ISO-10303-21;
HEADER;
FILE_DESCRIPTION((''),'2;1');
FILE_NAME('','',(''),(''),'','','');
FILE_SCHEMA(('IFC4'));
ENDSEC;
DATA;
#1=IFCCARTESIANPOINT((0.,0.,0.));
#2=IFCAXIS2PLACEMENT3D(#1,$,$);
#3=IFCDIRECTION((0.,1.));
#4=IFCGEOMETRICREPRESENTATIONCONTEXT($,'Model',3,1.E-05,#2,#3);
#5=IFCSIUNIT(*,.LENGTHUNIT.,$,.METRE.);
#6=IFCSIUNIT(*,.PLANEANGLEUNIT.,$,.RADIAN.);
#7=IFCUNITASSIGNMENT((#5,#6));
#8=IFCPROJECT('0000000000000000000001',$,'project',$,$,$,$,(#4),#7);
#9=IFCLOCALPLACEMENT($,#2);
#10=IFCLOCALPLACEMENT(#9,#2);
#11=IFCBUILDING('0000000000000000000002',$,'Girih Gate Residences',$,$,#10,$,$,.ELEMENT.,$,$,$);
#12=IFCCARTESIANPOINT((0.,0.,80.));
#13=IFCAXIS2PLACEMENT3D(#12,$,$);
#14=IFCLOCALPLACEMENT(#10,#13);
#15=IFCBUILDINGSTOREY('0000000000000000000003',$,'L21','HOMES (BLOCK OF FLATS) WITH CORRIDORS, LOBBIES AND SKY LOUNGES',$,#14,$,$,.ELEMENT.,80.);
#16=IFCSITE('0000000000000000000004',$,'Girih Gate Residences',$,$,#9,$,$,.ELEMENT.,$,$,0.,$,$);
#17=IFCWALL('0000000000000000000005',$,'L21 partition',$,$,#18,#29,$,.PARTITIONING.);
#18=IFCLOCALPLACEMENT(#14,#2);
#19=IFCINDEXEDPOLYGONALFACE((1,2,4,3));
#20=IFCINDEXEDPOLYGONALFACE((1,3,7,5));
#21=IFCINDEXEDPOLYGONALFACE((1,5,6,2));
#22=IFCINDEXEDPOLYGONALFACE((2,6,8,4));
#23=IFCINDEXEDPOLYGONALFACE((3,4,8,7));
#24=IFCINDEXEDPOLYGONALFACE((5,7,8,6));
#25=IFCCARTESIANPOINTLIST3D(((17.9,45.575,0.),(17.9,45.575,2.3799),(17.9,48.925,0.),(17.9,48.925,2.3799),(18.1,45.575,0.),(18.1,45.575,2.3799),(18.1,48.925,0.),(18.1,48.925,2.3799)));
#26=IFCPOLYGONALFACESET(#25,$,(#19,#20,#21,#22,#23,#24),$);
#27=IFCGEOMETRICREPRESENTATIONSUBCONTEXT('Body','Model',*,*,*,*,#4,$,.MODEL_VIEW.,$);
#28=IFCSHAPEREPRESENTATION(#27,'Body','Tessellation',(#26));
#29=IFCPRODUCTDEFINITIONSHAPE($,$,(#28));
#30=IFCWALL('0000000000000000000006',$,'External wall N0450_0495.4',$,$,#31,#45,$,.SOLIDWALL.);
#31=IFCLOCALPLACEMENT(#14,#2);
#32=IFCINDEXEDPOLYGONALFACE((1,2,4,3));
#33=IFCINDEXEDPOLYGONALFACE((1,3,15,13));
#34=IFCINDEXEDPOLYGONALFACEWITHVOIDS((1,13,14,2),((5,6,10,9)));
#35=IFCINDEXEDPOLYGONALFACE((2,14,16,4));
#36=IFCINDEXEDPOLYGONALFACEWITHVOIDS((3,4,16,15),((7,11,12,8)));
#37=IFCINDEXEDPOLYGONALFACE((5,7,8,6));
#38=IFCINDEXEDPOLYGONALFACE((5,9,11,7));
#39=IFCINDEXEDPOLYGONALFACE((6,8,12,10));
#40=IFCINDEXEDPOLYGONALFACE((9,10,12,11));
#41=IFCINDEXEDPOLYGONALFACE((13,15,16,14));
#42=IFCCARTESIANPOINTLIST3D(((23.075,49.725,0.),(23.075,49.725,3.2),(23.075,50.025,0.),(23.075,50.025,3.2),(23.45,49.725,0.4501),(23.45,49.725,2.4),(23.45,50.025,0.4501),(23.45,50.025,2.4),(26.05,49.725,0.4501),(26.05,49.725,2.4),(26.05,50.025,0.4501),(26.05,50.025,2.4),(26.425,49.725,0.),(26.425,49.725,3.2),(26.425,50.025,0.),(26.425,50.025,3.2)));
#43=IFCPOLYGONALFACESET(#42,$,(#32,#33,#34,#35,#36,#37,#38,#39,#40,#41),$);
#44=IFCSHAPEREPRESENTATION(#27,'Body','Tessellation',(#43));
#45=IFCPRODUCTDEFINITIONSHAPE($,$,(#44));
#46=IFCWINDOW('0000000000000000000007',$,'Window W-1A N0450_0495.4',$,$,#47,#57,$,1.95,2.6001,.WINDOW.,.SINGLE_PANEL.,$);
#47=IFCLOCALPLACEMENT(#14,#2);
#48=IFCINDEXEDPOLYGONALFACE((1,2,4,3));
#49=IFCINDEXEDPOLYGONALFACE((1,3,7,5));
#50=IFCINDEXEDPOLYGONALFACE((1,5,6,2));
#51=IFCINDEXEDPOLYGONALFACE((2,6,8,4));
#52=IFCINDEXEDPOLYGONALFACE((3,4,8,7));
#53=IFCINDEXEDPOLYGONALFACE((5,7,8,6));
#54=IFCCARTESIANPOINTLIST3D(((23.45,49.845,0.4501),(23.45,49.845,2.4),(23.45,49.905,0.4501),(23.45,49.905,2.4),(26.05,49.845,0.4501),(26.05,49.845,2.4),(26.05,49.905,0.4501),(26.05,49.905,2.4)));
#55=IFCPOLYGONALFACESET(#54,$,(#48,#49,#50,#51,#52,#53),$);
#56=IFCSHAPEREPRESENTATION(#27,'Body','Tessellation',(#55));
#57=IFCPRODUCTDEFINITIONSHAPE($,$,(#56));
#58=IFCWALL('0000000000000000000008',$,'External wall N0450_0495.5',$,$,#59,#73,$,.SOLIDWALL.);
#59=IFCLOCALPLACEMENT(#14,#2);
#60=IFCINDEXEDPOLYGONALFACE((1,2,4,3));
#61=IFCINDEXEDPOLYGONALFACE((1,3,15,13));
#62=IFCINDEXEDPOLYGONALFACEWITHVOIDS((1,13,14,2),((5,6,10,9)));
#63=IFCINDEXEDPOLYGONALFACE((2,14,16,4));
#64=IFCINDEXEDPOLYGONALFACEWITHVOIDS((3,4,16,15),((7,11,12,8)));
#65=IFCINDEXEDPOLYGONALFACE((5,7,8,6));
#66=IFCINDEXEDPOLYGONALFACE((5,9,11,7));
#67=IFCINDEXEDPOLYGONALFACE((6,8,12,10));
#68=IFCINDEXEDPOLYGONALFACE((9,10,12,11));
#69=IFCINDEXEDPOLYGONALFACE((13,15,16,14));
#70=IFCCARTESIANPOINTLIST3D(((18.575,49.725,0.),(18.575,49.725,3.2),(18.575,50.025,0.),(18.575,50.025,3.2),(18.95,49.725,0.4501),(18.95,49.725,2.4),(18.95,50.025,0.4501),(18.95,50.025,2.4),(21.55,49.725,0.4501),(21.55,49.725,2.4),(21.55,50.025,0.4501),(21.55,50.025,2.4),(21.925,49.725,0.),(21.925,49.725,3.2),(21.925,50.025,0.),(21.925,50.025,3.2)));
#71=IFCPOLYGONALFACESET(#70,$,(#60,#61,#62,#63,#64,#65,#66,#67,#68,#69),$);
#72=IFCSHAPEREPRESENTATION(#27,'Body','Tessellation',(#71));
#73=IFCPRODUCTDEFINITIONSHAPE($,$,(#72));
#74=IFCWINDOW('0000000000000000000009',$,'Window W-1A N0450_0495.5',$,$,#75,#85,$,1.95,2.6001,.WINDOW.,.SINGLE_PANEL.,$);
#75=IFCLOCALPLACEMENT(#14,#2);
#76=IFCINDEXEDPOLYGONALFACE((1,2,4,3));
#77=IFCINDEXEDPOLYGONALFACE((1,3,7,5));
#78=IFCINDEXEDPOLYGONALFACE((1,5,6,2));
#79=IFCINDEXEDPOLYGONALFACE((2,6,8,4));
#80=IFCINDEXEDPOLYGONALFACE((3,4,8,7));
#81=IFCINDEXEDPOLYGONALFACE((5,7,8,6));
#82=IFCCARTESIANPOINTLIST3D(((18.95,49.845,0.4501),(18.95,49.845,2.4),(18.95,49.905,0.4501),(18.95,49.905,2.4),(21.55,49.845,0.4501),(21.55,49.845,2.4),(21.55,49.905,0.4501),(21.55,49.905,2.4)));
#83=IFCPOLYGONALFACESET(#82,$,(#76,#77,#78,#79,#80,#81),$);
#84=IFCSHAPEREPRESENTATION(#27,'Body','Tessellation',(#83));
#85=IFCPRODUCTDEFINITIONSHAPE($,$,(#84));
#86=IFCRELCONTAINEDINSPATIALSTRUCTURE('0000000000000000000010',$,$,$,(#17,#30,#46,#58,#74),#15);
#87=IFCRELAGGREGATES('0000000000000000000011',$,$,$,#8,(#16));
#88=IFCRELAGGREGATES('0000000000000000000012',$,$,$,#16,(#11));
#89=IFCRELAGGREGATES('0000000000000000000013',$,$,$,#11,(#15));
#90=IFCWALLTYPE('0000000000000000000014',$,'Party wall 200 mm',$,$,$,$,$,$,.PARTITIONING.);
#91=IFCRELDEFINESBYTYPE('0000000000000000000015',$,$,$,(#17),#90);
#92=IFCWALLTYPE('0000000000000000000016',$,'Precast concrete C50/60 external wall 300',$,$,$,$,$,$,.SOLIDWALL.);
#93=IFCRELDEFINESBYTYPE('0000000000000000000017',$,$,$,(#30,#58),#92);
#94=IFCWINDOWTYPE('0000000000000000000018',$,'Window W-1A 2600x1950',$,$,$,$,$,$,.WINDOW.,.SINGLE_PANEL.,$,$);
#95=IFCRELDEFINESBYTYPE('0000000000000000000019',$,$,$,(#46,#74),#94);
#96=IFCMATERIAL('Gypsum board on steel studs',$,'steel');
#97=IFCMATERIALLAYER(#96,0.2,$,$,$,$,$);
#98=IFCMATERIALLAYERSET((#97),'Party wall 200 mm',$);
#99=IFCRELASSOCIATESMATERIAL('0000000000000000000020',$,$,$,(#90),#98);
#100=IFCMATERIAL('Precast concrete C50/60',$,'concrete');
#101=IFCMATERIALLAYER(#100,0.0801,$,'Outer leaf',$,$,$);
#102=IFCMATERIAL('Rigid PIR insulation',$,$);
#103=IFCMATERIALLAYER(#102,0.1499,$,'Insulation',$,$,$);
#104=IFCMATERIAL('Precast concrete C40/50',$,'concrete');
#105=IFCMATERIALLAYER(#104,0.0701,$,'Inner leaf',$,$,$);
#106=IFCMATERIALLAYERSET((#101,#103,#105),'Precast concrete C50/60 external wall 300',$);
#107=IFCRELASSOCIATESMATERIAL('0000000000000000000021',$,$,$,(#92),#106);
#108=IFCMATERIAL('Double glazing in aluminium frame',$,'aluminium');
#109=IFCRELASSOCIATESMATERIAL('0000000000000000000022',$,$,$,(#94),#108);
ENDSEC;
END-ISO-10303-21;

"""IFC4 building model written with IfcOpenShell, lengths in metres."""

from ifc_helpers import new_model, si_unit, direction, frame, frame_2d, origin, place, context, subcontext, project, spatial, rectangle, extrude, material, layer, layer_set, type_object, element, fill, save


model = new_model("IFC4")

# Units and contexts
model_context = context("Model", 3, precision=1e-05, world=origin(), true_north=direction((0.0, 1.0)))
body_context = subcontext(model_context, "Body", "Model", "MODEL_VIEW")
ifc_project = project(units=[si_unit("LENGTHUNIT", "METRE"), si_unit("PLANEANGLEUNIT", "RADIAN")], contexts=[model_context])

# Site, building, storey
site_placement = place(None, origin())
site = spatial("IfcSite", under=ifc_project, at=site_placement, Name="Girih Gate Residences", CompositionType="ELEMENT", RefElevation=0.0)
building_placement = place(site_placement, origin())
building = spatial("IfcBuilding", under=site, at=building_placement, Name="Girih Gate Residences", CompositionType="ELEMENT")
storey_placement = place(building_placement, frame((0.0, 0.0, 80.0)))
storey = spatial("IfcBuildingStorey", under=building, at=storey_placement, Name="L21", Description="HOMES (BLOCK OF FLATS) WITH CORRIDORS, LOBBIES AND SKY LOUNGES", CompositionType="ELEMENT", Elevation=80.0)

# Shared definitions
ifc_material_1 = material(Name="Gypsum board on steel studs", Category="steel")

# Wall
ifc_layer_1 = layer(ifc_material_1, 0.2)
ifc_layer_set_1 = layer_set([ifc_layer_1], Name="Party wall 200 mm")
wall_type_1 = type_object("IfcWallType", Name="Party wall 200 mm", PredefinedType="PARTITIONING", material=ifc_layer_set_1)
wall_1_placement = place(storey_placement, frame((18.0, 45.575, 0.0), z_axis=(0.0, 0.0, 1.0), x_axis=(0.0, 1.0, 0.0)))
element("IfcWall", 1, at=wall_1_placement, inside=storey, type_object=wall_type_1, Name="L21 partition", PredefinedType="PARTITIONING", context=body_context, shape_type="SweptSolid", body=[
    extrude(rectangle(XDim=3.3501, YDim=0.2, at=frame_2d((1.675, 0.0))), origin(), (0.0, 0.0, 1.0), 2.3799),
])

# Walls, openings, windows
ifc_material_2 = material(Name="Precast concrete C50/60", Category="concrete")
ifc_layer_2 = layer(ifc_material_2, 0.0801, Name="Outer leaf")
ifc_material_3 = material(Name="Rigid PIR insulation")
ifc_layer_3 = layer(ifc_material_3, 0.1499, Name="Insulation")
ifc_material_4 = material(Name="Precast concrete C40/50", Category="concrete")
ifc_layer_4 = layer(ifc_material_4, 0.0701, Name="Inner leaf")
ifc_layer_set_2 = layer_set([ifc_layer_2, ifc_layer_3, ifc_layer_4], Name="Precast concrete C50/60 external wall 300")
wall_type_2 = type_object("IfcWallType", Name="Precast concrete C50/60 external wall 300", PredefinedType="SOLIDWALL", material=ifc_layer_set_2)
wall_2_placement = place(storey_placement, frame((23.075, 49.875, 0.0), z_axis=(0.0, 0.0, 1.0), x_axis=(1.0, 0.0, 0.0)))
wall_2 = element("IfcWall", 2, at=wall_2_placement, inside=storey, type_object=wall_type_2, Name="External wall N0450_0495.4", PredefinedType="SOLIDWALL", context=body_context, shape_type="SweptSolid", body=[
    extrude(rectangle(XDim=3.3501, YDim=0.3, at=frame_2d((1.675, 0.0))), origin(), (0.0, 0.0, 1.0), 3.2),
])
opening_1_placement = place(wall_2_placement, frame((0.375, 0.0, 0.45)))
opening_1 = element("IfcOpeningElement", 3, at=opening_1_placement, cuts=wall_2, PredefinedType="OPENING", context=body_context, shape_type="SweptSolid", body=[
    extrude(rectangle(XDim=2.6001, YDim=1.95, at=frame_2d((1.3, 0.9751))), frame((0.0, 0.1599, 0.0), z_axis=(0.0, -1.0, 0.0), x_axis=(1.0, 0.0, 0.0)), (0.0, 0.0, 1.0), 0.3201),
])
ifc_material_5 = material(Name="Double glazing in aluminium frame", Category="aluminium")
window_type = type_object("IfcWindowType", Name="Window W-1A 2600x1950", PartitioningType="SINGLE_PANEL", PredefinedType="WINDOW", material=ifc_material_5)
window_1_placement = place(opening_1_placement, origin())
window_1 = element("IfcWindow", 4, at=window_1_placement, inside=storey, type_object=window_type, Name="Window W-1A N0450_0495.4", OverallHeight=1.95, OverallWidth=2.6001, PartitioningType="SINGLE_PANEL", PredefinedType="WINDOW", context=body_context, shape_type="SweptSolid", body=[
    extrude(rectangle(XDim=2.6001, YDim=1.95, at=frame_2d((1.3, 0.9751))), frame((0.0, 0.03, 0.0), z_axis=(0.0, -1.0, 0.0), x_axis=(1.0, 0.0, 0.0)), (0.0, 0.0, 1.0), 0.0601),
])
fill(opening_1, window_1)
wall_3_placement = place(storey_placement, frame((18.575, 49.875, 0.0), z_axis=(0.0, 0.0, 1.0), x_axis=(1.0, 0.0, 0.0)))
wall_3 = element("IfcWall", 5, at=wall_3_placement, inside=storey, type_object=wall_type_2, Name="External wall N0450_0495.5", PredefinedType="SOLIDWALL", context=body_context, shape_type="SweptSolid", body=[
    extrude(rectangle(XDim=3.3501, YDim=0.3, at=frame_2d((1.675, 0.0))), origin(), (0.0, 0.0, 1.0), 3.2),
])
opening_2_placement = place(wall_3_placement, frame((0.375, 0.0, 0.45)))
opening_2 = element("IfcOpeningElement", 6, at=opening_2_placement, cuts=wall_3, PredefinedType="OPENING", context=body_context, shape_type="SweptSolid", body=[
    extrude(rectangle(XDim=2.6001, YDim=1.95, at=frame_2d((1.3, 0.9751))), frame((0.0, 0.1599, 0.0), z_axis=(0.0, -1.0, 0.0), x_axis=(1.0, 0.0, 0.0)), (0.0, 0.0, 1.0), 0.3201),
])
window_2_placement = place(opening_2_placement, origin())
window_2 = element("IfcWindow", 7, at=window_2_placement, inside=storey, type_object=window_type, Name="Window W-1A N0450_0495.5", OverallHeight=1.95, OverallWidth=2.6001, PartitioningType="SINGLE_PANEL", PredefinedType="WINDOW", context=body_context, shape_type="SweptSolid", body=[
    extrude(rectangle(XDim=2.6001, YDim=1.95, at=frame_2d((1.3, 0.9751))), frame((0.0, 0.03, 0.0), z_axis=(0.0, -1.0, 0.0), x_axis=(1.0, 0.0, 0.0)), (0.0, 0.0, 1.0), 0.0601),
])
fill(opening_2, window_2)

save(model, "model.ifc")
